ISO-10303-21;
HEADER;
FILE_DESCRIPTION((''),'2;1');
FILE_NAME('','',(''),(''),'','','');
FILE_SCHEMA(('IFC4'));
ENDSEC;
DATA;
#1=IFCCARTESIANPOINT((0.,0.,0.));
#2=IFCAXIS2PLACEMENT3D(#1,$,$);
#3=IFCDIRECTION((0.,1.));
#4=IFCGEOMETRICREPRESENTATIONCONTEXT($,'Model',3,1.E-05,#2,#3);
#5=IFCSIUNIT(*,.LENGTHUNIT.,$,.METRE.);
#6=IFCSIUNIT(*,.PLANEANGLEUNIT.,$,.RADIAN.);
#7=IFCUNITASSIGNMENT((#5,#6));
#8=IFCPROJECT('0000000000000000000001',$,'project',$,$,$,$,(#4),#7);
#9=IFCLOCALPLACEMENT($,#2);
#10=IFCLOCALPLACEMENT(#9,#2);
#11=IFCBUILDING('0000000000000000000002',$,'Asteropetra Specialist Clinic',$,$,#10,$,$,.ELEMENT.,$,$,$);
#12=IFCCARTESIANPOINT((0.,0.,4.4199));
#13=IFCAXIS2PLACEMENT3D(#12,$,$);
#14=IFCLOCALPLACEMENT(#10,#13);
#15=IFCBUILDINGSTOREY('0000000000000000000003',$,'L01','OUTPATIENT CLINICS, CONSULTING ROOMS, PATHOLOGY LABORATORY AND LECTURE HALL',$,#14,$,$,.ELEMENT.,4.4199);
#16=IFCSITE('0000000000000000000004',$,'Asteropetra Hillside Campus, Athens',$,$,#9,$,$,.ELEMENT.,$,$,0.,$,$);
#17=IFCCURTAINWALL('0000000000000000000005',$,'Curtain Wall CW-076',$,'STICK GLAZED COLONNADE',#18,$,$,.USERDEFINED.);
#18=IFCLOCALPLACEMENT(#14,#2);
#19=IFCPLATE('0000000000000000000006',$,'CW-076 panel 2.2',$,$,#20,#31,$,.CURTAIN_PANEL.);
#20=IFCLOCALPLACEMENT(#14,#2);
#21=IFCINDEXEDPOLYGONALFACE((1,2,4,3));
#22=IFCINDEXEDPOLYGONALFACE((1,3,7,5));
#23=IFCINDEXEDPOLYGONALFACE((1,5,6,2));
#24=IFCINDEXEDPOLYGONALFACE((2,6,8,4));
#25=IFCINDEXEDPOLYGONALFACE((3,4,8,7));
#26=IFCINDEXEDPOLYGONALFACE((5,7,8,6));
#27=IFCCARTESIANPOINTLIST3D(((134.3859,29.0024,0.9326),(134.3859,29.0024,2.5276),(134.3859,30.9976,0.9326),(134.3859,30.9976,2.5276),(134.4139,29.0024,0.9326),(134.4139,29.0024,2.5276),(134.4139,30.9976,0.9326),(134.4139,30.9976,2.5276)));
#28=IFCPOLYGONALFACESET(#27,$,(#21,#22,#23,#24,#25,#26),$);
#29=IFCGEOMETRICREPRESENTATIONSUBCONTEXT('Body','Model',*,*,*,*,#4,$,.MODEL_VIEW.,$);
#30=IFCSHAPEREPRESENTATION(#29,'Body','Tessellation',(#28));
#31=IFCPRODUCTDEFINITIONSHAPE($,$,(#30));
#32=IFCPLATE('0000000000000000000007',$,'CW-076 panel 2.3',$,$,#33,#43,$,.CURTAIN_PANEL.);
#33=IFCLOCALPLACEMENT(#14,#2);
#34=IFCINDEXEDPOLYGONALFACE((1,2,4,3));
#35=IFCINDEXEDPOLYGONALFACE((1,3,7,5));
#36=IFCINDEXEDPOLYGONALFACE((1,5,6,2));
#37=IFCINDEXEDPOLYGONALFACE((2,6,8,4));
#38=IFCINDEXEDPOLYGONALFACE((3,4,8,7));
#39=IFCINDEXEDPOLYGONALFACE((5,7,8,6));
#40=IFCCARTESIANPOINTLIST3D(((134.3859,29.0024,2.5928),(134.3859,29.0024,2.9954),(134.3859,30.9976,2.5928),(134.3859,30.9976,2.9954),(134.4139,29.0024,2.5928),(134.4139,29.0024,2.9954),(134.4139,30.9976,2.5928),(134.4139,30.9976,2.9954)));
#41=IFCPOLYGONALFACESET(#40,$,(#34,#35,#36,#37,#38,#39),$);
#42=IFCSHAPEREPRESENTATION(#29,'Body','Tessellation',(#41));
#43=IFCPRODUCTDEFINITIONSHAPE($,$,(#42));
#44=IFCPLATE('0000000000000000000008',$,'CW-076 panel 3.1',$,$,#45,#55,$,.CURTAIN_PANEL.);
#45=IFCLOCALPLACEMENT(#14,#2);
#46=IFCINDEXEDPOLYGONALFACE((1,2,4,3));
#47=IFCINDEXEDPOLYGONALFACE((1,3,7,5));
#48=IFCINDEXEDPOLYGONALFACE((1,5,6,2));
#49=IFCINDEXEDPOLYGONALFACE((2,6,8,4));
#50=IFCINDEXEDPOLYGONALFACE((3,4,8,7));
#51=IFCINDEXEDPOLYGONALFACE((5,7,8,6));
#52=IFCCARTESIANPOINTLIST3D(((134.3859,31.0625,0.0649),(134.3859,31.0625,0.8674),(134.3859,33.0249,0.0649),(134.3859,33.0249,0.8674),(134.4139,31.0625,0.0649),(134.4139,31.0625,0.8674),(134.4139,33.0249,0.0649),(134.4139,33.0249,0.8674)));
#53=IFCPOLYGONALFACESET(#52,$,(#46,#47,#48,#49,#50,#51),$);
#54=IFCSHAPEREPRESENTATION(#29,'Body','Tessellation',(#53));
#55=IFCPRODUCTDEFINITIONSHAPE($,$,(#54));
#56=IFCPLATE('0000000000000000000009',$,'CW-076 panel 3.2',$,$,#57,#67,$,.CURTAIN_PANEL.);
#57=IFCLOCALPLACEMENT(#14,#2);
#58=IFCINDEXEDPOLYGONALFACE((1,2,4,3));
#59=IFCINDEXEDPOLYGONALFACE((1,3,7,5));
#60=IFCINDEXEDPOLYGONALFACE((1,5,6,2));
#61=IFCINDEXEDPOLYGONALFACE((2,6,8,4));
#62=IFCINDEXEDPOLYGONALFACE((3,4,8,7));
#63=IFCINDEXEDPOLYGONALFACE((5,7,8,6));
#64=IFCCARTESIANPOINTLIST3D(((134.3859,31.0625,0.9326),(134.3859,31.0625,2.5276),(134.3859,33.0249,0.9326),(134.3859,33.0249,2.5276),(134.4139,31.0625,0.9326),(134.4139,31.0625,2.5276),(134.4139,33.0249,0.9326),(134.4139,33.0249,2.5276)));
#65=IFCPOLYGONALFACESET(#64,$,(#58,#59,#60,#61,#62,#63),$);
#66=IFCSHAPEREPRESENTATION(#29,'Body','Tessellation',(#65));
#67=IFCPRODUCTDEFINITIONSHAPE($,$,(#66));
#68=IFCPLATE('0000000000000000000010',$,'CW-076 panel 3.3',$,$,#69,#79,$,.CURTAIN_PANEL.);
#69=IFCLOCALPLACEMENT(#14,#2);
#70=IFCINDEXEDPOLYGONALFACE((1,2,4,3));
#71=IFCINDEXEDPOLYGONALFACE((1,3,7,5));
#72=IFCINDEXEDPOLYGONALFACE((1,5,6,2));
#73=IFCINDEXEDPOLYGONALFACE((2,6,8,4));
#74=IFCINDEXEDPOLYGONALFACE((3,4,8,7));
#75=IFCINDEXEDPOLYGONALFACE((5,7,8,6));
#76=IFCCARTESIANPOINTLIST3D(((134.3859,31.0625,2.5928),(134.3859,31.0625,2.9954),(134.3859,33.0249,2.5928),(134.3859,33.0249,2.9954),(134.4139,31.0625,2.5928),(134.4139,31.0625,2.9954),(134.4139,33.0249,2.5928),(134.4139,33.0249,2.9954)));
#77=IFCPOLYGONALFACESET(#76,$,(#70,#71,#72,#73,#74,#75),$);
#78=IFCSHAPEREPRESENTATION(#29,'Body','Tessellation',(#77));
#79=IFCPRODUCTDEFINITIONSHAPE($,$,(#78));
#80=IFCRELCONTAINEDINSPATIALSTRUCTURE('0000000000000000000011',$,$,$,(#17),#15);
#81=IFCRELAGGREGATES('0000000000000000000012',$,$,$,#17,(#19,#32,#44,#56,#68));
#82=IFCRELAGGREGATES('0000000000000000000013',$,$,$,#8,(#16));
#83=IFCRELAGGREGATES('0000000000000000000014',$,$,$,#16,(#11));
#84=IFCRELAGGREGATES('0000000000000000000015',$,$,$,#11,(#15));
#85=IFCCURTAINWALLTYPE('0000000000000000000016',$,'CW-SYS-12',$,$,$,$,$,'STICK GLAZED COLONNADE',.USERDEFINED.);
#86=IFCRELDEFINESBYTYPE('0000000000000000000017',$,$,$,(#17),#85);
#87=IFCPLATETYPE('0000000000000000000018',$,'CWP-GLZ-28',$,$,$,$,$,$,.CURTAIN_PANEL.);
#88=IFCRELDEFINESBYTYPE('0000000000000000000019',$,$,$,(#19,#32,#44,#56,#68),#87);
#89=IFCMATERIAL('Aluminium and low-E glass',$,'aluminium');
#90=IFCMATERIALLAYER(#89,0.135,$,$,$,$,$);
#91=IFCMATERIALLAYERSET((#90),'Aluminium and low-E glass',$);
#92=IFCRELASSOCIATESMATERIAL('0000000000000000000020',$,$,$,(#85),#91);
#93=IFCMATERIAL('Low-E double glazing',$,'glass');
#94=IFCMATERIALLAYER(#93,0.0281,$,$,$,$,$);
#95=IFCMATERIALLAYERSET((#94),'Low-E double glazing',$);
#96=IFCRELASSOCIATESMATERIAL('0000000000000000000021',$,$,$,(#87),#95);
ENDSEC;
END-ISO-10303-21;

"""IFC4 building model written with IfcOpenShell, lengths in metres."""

from ifc_helpers import new_model, si_unit, direction, frame, origin, origin_2d, place, context, subcontext, project, spatial, rectangle, extrude, material, layer, layer_set, type_object, element, aggregate, save


model = new_model("IFC4")

# Units and contexts
model_context = context("Model", 3, precision=1e-05, world=origin(), true_north=direction((0.0, 1.0)))
body_context = subcontext(model_context, "Body", "Model", "MODEL_VIEW")
ifc_project = project(units=[si_unit("LENGTHUNIT", "METRE"), si_unit("PLANEANGLEUNIT", "RADIAN")], contexts=[model_context])

# Site, building, storey
site_placement = place(None, origin())
site = spatial("IfcSite", under=ifc_project, at=site_placement, Name="Asteropetra Hillside Campus, Athens", CompositionType="ELEMENT", RefElevation=0.0)
building_placement = place(site_placement, origin())
building = spatial("IfcBuilding", under=site, at=building_placement, Name="Asteropetra Specialist Clinic", CompositionType="ELEMENT")
storey_placement = place(building_placement, frame((0.0, 0.0, 4.4199)))
storey = spatial("IfcBuildingStorey", under=building, at=storey_placement, Name="L01", Description="OUTPATIENT CLINICS, CONSULTING ROOMS, PATHOLOGY LABORATORY AND LECTURE HALL", CompositionType="ELEMENT", Elevation=4.4199)

# Curtain wall
ifc_material_1 = material(Name="Aluminium and low-E glass", Category="aluminium")
ifc_layer_1 = layer(ifc_material_1, 0.135)
ifc_layer_set_1 = layer_set([ifc_layer_1], Name="Aluminium and low-E glass")
curtain_wall_type = type_object("IfcCurtainWallType", Name="CW-SYS-12", ElementType="STICK GLAZED COLONNADE", PredefinedType="USERDEFINED", material=ifc_layer_set_1)
curtain_wall_placement = place(storey_placement, origin())
curtain_wall = element("IfcCurtainWall", 1, at=curtain_wall_placement, inside=storey, type_object=curtain_wall_type, Name="Curtain Wall CW-076", ObjectType="STICK GLAZED COLONNADE", PredefinedType="USERDEFINED")

# Plates
ifc_material_2 = material(Name="Low-E double glazing", Category="glass")
ifc_layer_2 = layer(ifc_material_2, 0.0281)
ifc_layer_set_2 = layer_set([ifc_layer_2], Name="Low-E double glazing")
plate_type = type_object("IfcPlateType", Name="CWP-GLZ-28", PredefinedType="CURTAIN_PANEL", material=ifc_layer_set_2)
plate_1_placement = place(storey_placement, frame((134.3999, 30.0, 0.9326), z_axis=(0.0, 0.0, 1.0), x_axis=(0.0, 1.0, 0.0)))
plate_1 = element("IfcPlate", 2, at=plate_1_placement, type_object=plate_type, Name="CW-076 panel 2.2", PredefinedType="CURTAIN_PANEL", context=body_context, shape_type="SweptSolid", body=[
    extrude(rectangle(XDim=1.9951, YDim=0.0281, at=origin_2d()), origin(), (0.0, 0.0, 1.0), 1.595),
])
plate_2_placement = place(storey_placement, frame((134.3999, 30.0, 2.5928), z_axis=(0.0, 0.0, 1.0), x_axis=(0.0, 1.0, 0.0)))
plate_2 = element("IfcPlate", 3, at=plate_2_placement, type_object=plate_type, Name="CW-076 panel 2.3", PredefinedType="CURTAIN_PANEL", context=body_context, shape_type="SweptSolid", body=[
    extrude(rectangle(XDim=1.9951, YDim=0.0281, at=origin_2d()), origin(), (0.0, 0.0, 1.0), 0.4026),
])
plate_3_placement = place(storey_placement, frame((134.3999, 32.0437, 0.0649), z_axis=(0.0, 0.0, 1.0), x_axis=(0.0, 1.0, 0.0)))
plate_3 = element("IfcPlate", 4, at=plate_3_placement, type_object=plate_type, Name="CW-076 panel 3.1", PredefinedType="CURTAIN_PANEL", context=body_context, shape_type="SweptSolid", body=[
    extrude(rectangle(XDim=1.9624, YDim=0.0281, at=origin_2d()), origin(), (0.0, 0.0, 1.0), 0.8025),
])
plate_4_placement = place(storey_placement, frame((134.3999, 32.0437, 0.9326), z_axis=(0.0, 0.0, 1.0), x_axis=(0.0, 1.0, 0.0)))
plate_4 = element("IfcPlate", 5, at=plate_4_placement, type_object=plate_type, Name="CW-076 panel 3.2", PredefinedType="CURTAIN_PANEL", context=body_context, shape_type="SweptSolid", body=[
    extrude(rectangle(XDim=1.9624, YDim=0.0281, at=origin_2d()), origin(), (0.0, 0.0, 1.0), 1.595),
])
plate_5_placement = place(storey_placement, frame((134.3999, 32.0437, 2.5928), z_axis=(0.0, 0.0, 1.0), x_axis=(0.0, 1.0, 0.0)))
plate_5 = element("IfcPlate", 6, at=plate_5_placement, type_object=plate_type, Name="CW-076 panel 3.3", PredefinedType="CURTAIN_PANEL", context=body_context, shape_type="SweptSolid", body=[
    extrude(rectangle(XDim=1.9624, YDim=0.0281, at=origin_2d()), origin(), (0.0, 0.0, 1.0), 0.4026),
])
aggregate(curtain_wall, [plate_1, plate_2, plate_3, plate_4, plate_5])

save(model, "model.ifc")
